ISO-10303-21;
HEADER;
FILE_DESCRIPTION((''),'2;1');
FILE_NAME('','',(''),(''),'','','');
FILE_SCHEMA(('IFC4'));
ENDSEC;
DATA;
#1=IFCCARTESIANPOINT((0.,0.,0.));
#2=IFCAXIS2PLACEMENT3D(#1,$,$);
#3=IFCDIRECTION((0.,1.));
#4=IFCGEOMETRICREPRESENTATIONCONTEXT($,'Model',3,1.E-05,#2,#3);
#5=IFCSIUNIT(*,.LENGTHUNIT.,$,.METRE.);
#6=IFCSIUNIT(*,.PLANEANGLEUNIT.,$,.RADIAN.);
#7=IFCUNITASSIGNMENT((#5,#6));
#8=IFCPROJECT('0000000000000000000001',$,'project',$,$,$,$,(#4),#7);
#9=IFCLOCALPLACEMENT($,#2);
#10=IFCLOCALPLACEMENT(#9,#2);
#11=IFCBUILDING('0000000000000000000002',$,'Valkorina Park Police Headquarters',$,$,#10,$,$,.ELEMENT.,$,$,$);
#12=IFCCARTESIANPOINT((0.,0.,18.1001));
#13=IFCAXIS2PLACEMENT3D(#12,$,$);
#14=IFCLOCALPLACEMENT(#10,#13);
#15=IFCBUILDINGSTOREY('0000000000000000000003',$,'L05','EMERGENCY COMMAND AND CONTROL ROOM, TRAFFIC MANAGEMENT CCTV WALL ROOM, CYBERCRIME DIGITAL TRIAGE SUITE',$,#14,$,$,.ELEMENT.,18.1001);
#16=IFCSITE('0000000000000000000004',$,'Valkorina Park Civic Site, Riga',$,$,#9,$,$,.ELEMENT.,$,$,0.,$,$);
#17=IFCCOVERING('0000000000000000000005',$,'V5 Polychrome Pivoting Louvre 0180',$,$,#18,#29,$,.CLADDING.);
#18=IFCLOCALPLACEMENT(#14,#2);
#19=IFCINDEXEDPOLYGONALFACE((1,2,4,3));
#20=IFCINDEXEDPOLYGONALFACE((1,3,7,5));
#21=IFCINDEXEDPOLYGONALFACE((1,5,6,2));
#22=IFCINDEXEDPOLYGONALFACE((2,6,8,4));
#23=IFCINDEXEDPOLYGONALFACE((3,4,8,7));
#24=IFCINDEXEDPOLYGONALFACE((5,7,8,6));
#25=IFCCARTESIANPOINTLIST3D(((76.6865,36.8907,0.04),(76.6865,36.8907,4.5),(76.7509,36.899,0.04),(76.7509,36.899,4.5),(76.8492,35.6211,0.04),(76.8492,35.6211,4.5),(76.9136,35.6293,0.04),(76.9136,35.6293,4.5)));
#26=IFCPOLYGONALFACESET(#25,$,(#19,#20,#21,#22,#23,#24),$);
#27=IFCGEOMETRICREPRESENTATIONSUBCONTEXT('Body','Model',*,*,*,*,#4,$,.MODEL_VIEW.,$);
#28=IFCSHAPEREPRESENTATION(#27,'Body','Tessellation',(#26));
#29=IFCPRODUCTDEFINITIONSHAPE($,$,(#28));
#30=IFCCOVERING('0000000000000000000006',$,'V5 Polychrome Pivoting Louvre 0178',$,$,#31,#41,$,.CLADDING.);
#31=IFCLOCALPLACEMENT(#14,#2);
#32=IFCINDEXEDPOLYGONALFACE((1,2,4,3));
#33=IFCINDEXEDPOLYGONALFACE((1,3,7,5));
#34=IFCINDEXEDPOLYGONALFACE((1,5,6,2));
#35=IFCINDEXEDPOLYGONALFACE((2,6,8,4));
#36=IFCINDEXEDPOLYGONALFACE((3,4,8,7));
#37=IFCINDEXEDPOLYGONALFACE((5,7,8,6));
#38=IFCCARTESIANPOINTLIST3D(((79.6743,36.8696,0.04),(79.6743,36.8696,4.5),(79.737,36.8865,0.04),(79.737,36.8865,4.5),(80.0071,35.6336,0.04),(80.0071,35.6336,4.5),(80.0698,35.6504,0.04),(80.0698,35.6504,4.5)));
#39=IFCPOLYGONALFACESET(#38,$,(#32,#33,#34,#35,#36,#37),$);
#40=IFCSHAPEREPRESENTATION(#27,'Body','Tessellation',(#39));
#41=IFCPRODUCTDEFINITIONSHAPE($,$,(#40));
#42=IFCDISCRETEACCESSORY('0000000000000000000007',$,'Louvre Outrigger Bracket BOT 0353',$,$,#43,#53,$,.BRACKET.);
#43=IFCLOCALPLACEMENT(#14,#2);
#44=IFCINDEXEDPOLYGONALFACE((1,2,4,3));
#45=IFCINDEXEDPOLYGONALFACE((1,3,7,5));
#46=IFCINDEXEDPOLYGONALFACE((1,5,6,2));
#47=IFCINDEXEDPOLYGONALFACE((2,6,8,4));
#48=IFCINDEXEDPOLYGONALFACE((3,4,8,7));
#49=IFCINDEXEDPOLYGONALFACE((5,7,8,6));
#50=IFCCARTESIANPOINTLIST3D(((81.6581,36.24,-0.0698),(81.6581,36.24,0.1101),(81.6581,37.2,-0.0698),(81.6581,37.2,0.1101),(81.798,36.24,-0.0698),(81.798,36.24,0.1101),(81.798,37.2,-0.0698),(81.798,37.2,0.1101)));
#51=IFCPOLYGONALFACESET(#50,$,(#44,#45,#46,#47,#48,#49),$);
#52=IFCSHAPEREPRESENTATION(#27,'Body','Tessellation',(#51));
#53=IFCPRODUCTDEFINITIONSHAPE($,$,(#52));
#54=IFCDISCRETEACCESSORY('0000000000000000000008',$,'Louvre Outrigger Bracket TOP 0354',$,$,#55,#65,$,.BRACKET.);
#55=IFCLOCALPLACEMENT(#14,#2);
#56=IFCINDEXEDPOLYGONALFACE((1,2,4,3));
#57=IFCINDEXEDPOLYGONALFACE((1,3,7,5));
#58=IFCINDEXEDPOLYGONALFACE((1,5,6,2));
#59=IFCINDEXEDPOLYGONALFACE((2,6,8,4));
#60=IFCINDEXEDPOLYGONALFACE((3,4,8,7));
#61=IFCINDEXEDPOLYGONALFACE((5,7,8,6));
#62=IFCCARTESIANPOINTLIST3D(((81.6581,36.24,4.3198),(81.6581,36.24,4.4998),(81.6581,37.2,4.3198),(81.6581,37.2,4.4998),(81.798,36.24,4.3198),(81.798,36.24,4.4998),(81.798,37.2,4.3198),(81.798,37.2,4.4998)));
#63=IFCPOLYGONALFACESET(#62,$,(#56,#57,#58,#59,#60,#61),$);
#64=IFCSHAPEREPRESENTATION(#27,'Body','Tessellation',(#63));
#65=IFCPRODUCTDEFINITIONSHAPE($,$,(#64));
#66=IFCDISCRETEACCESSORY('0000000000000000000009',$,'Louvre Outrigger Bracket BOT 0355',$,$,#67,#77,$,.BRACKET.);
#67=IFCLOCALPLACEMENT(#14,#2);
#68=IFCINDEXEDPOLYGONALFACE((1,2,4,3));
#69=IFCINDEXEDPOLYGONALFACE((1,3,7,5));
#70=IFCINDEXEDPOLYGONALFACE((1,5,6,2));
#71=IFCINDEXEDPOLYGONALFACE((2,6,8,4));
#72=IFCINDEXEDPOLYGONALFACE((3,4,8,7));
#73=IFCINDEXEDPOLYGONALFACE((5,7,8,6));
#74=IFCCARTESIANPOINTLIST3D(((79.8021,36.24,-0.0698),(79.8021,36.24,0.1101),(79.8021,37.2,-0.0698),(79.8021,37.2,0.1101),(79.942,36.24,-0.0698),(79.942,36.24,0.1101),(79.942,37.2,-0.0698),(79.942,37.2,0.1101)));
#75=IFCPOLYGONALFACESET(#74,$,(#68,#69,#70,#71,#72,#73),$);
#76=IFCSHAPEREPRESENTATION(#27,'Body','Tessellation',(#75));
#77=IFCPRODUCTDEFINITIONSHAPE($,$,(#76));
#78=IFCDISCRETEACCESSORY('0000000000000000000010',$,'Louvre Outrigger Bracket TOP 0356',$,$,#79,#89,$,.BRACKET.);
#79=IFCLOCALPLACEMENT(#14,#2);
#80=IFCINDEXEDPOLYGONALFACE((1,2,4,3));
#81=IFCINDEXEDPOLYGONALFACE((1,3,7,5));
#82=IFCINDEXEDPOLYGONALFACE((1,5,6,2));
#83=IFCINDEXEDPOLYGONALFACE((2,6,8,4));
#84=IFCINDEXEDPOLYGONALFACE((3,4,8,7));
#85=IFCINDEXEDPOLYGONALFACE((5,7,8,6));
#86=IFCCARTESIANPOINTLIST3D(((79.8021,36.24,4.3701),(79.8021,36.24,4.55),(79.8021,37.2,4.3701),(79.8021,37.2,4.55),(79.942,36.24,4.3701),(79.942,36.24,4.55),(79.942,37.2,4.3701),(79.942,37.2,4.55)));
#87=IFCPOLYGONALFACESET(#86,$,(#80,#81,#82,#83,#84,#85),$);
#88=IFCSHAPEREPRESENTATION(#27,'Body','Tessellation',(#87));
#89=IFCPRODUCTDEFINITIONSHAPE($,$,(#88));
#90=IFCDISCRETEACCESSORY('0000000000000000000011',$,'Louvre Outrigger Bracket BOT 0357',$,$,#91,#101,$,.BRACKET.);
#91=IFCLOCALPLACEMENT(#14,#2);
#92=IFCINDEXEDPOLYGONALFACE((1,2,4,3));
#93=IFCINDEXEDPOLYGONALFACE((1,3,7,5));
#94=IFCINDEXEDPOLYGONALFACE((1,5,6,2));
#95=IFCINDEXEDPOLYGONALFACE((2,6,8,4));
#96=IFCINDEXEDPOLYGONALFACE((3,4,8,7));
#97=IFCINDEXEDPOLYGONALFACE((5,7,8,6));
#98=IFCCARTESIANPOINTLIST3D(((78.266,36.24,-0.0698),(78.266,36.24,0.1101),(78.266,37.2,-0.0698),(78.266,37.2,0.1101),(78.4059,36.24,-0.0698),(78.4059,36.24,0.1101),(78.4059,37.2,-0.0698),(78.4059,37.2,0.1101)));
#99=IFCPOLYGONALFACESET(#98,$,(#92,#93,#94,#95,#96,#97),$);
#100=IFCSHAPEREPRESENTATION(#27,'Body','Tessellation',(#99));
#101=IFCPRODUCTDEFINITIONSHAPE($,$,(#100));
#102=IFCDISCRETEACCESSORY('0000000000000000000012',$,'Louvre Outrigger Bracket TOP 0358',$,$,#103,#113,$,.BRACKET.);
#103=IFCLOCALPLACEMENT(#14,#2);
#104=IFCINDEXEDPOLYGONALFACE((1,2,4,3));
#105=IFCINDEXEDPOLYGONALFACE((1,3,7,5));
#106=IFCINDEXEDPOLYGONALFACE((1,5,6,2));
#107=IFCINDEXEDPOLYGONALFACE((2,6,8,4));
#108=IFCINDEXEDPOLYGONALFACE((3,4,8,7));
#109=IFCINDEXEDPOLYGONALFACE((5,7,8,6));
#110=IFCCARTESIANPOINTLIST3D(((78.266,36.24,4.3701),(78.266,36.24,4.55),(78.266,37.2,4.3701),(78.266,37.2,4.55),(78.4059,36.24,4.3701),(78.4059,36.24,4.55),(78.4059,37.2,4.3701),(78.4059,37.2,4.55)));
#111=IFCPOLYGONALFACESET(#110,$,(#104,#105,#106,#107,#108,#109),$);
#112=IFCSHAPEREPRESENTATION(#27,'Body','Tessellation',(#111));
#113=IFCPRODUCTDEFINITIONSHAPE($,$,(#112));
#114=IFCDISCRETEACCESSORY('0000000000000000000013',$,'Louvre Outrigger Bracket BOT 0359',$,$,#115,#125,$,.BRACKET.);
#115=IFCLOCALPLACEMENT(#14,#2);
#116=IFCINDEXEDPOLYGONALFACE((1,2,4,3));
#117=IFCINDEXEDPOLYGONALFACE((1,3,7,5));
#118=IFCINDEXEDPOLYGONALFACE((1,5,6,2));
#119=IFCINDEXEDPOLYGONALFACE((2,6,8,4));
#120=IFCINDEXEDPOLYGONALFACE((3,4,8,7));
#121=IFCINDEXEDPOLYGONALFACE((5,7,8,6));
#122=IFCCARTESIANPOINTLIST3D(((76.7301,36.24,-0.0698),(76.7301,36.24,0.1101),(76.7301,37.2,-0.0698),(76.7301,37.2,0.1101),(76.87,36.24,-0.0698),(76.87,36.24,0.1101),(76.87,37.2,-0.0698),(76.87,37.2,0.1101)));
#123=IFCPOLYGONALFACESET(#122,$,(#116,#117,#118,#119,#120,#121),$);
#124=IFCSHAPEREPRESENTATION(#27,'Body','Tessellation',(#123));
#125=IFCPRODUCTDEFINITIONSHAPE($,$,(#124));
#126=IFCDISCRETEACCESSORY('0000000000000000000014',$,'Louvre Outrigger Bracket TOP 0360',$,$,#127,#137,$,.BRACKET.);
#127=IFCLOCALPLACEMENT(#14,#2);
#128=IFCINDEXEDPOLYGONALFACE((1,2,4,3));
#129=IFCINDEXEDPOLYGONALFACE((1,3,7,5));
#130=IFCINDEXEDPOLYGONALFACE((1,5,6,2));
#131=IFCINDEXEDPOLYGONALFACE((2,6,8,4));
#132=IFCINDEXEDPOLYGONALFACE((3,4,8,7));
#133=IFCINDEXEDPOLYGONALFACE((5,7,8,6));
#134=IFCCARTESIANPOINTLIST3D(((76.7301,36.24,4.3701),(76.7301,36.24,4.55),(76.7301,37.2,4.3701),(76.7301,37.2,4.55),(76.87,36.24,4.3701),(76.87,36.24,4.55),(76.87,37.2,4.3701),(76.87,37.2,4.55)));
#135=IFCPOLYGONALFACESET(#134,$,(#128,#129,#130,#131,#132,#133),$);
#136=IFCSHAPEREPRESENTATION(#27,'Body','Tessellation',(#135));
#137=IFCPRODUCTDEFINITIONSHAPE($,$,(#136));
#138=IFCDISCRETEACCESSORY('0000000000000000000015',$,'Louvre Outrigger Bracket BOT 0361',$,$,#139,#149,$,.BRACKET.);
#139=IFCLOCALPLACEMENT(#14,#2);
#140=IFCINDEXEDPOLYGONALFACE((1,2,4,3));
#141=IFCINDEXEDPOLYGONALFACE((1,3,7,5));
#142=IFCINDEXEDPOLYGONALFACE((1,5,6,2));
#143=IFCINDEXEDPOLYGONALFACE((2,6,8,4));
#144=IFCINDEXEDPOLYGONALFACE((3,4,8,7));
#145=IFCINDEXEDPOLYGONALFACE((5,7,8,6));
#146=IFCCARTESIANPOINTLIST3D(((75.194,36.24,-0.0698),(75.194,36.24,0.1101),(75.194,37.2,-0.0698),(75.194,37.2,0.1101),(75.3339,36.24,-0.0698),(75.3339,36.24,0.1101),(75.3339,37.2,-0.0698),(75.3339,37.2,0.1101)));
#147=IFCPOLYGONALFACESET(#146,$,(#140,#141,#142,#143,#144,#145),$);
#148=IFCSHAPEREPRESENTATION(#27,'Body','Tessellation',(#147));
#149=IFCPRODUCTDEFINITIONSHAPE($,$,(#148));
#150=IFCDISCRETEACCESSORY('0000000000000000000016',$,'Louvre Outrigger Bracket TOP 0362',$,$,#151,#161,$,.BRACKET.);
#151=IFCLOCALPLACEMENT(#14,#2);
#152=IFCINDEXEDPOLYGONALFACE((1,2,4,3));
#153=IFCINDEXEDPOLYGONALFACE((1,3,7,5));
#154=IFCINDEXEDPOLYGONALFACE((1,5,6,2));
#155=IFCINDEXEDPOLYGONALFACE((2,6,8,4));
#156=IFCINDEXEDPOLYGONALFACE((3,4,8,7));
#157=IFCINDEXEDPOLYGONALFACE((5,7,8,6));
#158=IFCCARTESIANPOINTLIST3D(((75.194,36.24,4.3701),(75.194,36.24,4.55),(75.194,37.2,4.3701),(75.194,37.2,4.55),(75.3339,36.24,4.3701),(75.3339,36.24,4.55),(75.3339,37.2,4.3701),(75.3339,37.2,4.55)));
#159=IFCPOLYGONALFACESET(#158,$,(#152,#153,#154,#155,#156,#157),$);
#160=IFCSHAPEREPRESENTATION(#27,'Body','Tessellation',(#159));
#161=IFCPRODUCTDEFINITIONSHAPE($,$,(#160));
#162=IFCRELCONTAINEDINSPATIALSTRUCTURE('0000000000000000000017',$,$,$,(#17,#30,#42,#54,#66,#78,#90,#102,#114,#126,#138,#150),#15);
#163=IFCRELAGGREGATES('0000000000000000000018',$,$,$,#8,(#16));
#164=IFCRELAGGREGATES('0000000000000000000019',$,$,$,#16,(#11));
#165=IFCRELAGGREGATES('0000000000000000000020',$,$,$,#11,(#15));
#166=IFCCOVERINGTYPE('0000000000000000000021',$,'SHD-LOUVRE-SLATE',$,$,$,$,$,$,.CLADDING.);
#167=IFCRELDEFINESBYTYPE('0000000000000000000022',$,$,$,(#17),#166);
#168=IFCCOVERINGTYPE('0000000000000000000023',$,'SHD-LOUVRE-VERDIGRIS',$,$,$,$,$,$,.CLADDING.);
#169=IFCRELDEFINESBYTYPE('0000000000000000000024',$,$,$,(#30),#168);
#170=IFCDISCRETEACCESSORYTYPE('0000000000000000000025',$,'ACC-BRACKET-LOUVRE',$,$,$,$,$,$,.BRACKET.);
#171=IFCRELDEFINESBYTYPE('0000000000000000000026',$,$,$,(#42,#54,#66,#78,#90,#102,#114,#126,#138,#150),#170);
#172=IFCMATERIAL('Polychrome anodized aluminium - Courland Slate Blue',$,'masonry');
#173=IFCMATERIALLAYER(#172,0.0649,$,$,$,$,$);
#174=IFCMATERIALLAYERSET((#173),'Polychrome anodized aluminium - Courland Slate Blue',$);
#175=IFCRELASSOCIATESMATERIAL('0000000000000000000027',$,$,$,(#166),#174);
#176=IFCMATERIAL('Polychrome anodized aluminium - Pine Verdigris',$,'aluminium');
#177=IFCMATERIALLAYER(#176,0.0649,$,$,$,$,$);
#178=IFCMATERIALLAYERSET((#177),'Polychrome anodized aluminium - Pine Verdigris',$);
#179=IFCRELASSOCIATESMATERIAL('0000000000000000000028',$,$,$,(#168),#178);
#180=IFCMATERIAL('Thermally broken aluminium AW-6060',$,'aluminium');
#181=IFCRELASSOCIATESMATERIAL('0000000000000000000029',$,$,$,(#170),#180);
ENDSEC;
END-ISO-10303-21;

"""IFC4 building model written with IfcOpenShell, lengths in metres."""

from ifc_helpers import new_model, si_unit, direction, frame, origin, origin_2d, place, context, subcontext, project, spatial, rectangle, extrude, material, layer, layer_set, type_object, element, save


model = new_model("IFC4")

# Units and contexts
model_context = context("Model", 3, precision=1e-05, world=origin(), true_north=direction((0.0, 1.0)))
body_context = subcontext(model_context, "Body", "Model", "MODEL_VIEW")
ifc_project = project(units=[si_unit("LENGTHUNIT", "METRE"), si_unit("PLANEANGLEUNIT", "RADIAN")], contexts=[model_context])

# Site, building, storey
site_placement = place(None, origin())
site = spatial("IfcSite", under=ifc_project, at=site_placement, Name="Valkorina Park Civic Site, Riga", CompositionType="ELEMENT", RefElevation=0.0)
building_placement = place(site_placement, origin())
building = spatial("IfcBuilding", under=site, at=building_placement, Name="Valkorina Park Police Headquarters", CompositionType="ELEMENT")
storey_placement = place(building_placement, frame((0.0, 0.0, 18.1001)))
storey = spatial("IfcBuildingStorey", under=building, at=storey_placement, Name="L05", Description="EMERGENCY COMMAND AND CONTROL ROOM, TRAFFIC MANAGEMENT CCTV WALL ROOM, CYBERCRIME DIGITAL TRIAGE SUITE", CompositionType="ELEMENT", Elevation=18.1001)

# Shared definitions
ifc_material_1 = material(Name="Thermally broken aluminium AW-6060", Category="aluminium")

# Coverings
ifc_material_2 = material(Name="Polychrome anodized aluminium - Courland Slate Blue", Category="masonry")
ifc_layer_1 = layer(ifc_material_2, 0.0649)
ifc_layer_set_1 = layer_set([ifc_layer_1], Name="Polychrome anodized aluminium - Courland Slate Blue")
covering_type_1 = type_object("IfcCoveringType", Name="SHD-LOUVRE-SLATE", PredefinedType="CLADDING", material=ifc_layer_set_1)
covering_1_placement = place(storey_placement, frame((76.8, 36.26, 0.04), z_axis=(0.0, 0.0, 1.0), x_axis=(0.127065, -0.991894, 0.0)))
element("IfcCovering", 1, at=covering_1_placement, inside=storey, type_object=covering_type_1, Name="V5 Polychrome Pivoting Louvre 0180", PredefinedType="CLADDING", context=body_context, shape_type="SweptSolid", body=[
    extrude(rectangle(XDim=1.28, YDim=0.0649, at=origin_2d()), origin(), (0.0, 0.0, 1.0), 4.46),
])
ifc_material_3 = material(Name="Polychrome anodized aluminium - Pine Verdigris", Category="aluminium")
ifc_layer_2 = layer(ifc_material_3, 0.0649)
ifc_layer_set_2 = layer_set([ifc_layer_2], Name="Polychrome anodized aluminium - Pine Verdigris")
covering_type_2 = type_object("IfcCoveringType", Name="SHD-LOUVRE-VERDIGRIS", PredefinedType="CLADDING", material=ifc_layer_set_2)
covering_2_placement = place(storey_placement, frame((79.8721, 36.26, 0.04), z_axis=(0.0, 0.0, 1.0), x_axis=(0.259999, -0.965609, 0.0)))
element("IfcCovering", 2, at=covering_2_placement, inside=storey, type_object=covering_type_2, Name="V5 Polychrome Pivoting Louvre 0178", PredefinedType="CLADDING", context=body_context, shape_type="SweptSolid", body=[
    extrude(rectangle(XDim=1.28, YDim=0.0649, at=origin_2d()), origin(), (0.0, 0.0, 1.0), 4.46),
])

# Discrete accessories
discrete_accessory_type = type_object("IfcDiscreteAccessoryType", Name="ACC-BRACKET-LOUVRE", PredefinedType="BRACKET", material=ifc_material_1)
for number, where, z_axis, x_axis, name in (
    (3, (81.728, 36.72, -0.0698), (0.0, 0.0, 1.0), (0.0, -1.0, 0.0), "Louvre Outrigger Bracket BOT 0353"),
    (4, (81.728, 36.72, 4.3198), (0.0, 0.0, 1.0), (0.0, -1.0, 0.0), "Louvre Outrigger Bracket TOP 0354"),
    (5, (79.8721, 36.72, -0.0698), (0.0, 0.0, 1.0), (0.0, -1.0, 0.0), "Louvre Outrigger Bracket BOT 0355"),
    (6, (79.8721, 36.72, 4.3701), (0.0, 0.0, 1.0), (0.0, -1.0, 0.0), "Louvre Outrigger Bracket TOP 0356"),
    (7, (78.3359, 36.72, -0.0698), (0.0, 0.0, 1.0), (0.0, -1.0, 0.0), "Louvre Outrigger Bracket BOT 0357"),
    (8, (78.3359, 36.72, 4.3701), (0.0, 0.0, 1.0), (0.0, -1.0, 0.0), "Louvre Outrigger Bracket TOP 0358"),
    (9, (76.8, 36.72, -0.0698), (0.0, 0.0, 1.0), (0.0, -1.0, 0.0), "Louvre Outrigger Bracket BOT 0359"),
    (10, (76.8, 36.72, 4.3701), (0.0, 0.0, 1.0), (0.0, -1.0, 0.0), "Louvre Outrigger Bracket TOP 0360"),
    (11, (75.2639, 36.72, -0.0698), (0.0, 0.0, 1.0), (0.0, -1.0, 0.0), "Louvre Outrigger Bracket BOT 0361"),
    (12, (75.2639, 36.72, 4.3701), (0.0, 0.0, 1.0), (0.0, -1.0, 0.0), "Louvre Outrigger Bracket TOP 0362"),
):
    element("IfcDiscreteAccessory", number, at=place(storey_placement, frame(where, z_axis=z_axis, x_axis=x_axis)), inside=storey, type_object=discrete_accessory_type, Name=name, PredefinedType="BRACKET", context=body_context, shape_type="SweptSolid", body=[
        extrude(rectangle(XDim=0.96, YDim=0.1399, at=origin_2d()), origin(), (0.0, 0.0, 1.0), 0.1799),
    ])

save(model, "model.ifc")
